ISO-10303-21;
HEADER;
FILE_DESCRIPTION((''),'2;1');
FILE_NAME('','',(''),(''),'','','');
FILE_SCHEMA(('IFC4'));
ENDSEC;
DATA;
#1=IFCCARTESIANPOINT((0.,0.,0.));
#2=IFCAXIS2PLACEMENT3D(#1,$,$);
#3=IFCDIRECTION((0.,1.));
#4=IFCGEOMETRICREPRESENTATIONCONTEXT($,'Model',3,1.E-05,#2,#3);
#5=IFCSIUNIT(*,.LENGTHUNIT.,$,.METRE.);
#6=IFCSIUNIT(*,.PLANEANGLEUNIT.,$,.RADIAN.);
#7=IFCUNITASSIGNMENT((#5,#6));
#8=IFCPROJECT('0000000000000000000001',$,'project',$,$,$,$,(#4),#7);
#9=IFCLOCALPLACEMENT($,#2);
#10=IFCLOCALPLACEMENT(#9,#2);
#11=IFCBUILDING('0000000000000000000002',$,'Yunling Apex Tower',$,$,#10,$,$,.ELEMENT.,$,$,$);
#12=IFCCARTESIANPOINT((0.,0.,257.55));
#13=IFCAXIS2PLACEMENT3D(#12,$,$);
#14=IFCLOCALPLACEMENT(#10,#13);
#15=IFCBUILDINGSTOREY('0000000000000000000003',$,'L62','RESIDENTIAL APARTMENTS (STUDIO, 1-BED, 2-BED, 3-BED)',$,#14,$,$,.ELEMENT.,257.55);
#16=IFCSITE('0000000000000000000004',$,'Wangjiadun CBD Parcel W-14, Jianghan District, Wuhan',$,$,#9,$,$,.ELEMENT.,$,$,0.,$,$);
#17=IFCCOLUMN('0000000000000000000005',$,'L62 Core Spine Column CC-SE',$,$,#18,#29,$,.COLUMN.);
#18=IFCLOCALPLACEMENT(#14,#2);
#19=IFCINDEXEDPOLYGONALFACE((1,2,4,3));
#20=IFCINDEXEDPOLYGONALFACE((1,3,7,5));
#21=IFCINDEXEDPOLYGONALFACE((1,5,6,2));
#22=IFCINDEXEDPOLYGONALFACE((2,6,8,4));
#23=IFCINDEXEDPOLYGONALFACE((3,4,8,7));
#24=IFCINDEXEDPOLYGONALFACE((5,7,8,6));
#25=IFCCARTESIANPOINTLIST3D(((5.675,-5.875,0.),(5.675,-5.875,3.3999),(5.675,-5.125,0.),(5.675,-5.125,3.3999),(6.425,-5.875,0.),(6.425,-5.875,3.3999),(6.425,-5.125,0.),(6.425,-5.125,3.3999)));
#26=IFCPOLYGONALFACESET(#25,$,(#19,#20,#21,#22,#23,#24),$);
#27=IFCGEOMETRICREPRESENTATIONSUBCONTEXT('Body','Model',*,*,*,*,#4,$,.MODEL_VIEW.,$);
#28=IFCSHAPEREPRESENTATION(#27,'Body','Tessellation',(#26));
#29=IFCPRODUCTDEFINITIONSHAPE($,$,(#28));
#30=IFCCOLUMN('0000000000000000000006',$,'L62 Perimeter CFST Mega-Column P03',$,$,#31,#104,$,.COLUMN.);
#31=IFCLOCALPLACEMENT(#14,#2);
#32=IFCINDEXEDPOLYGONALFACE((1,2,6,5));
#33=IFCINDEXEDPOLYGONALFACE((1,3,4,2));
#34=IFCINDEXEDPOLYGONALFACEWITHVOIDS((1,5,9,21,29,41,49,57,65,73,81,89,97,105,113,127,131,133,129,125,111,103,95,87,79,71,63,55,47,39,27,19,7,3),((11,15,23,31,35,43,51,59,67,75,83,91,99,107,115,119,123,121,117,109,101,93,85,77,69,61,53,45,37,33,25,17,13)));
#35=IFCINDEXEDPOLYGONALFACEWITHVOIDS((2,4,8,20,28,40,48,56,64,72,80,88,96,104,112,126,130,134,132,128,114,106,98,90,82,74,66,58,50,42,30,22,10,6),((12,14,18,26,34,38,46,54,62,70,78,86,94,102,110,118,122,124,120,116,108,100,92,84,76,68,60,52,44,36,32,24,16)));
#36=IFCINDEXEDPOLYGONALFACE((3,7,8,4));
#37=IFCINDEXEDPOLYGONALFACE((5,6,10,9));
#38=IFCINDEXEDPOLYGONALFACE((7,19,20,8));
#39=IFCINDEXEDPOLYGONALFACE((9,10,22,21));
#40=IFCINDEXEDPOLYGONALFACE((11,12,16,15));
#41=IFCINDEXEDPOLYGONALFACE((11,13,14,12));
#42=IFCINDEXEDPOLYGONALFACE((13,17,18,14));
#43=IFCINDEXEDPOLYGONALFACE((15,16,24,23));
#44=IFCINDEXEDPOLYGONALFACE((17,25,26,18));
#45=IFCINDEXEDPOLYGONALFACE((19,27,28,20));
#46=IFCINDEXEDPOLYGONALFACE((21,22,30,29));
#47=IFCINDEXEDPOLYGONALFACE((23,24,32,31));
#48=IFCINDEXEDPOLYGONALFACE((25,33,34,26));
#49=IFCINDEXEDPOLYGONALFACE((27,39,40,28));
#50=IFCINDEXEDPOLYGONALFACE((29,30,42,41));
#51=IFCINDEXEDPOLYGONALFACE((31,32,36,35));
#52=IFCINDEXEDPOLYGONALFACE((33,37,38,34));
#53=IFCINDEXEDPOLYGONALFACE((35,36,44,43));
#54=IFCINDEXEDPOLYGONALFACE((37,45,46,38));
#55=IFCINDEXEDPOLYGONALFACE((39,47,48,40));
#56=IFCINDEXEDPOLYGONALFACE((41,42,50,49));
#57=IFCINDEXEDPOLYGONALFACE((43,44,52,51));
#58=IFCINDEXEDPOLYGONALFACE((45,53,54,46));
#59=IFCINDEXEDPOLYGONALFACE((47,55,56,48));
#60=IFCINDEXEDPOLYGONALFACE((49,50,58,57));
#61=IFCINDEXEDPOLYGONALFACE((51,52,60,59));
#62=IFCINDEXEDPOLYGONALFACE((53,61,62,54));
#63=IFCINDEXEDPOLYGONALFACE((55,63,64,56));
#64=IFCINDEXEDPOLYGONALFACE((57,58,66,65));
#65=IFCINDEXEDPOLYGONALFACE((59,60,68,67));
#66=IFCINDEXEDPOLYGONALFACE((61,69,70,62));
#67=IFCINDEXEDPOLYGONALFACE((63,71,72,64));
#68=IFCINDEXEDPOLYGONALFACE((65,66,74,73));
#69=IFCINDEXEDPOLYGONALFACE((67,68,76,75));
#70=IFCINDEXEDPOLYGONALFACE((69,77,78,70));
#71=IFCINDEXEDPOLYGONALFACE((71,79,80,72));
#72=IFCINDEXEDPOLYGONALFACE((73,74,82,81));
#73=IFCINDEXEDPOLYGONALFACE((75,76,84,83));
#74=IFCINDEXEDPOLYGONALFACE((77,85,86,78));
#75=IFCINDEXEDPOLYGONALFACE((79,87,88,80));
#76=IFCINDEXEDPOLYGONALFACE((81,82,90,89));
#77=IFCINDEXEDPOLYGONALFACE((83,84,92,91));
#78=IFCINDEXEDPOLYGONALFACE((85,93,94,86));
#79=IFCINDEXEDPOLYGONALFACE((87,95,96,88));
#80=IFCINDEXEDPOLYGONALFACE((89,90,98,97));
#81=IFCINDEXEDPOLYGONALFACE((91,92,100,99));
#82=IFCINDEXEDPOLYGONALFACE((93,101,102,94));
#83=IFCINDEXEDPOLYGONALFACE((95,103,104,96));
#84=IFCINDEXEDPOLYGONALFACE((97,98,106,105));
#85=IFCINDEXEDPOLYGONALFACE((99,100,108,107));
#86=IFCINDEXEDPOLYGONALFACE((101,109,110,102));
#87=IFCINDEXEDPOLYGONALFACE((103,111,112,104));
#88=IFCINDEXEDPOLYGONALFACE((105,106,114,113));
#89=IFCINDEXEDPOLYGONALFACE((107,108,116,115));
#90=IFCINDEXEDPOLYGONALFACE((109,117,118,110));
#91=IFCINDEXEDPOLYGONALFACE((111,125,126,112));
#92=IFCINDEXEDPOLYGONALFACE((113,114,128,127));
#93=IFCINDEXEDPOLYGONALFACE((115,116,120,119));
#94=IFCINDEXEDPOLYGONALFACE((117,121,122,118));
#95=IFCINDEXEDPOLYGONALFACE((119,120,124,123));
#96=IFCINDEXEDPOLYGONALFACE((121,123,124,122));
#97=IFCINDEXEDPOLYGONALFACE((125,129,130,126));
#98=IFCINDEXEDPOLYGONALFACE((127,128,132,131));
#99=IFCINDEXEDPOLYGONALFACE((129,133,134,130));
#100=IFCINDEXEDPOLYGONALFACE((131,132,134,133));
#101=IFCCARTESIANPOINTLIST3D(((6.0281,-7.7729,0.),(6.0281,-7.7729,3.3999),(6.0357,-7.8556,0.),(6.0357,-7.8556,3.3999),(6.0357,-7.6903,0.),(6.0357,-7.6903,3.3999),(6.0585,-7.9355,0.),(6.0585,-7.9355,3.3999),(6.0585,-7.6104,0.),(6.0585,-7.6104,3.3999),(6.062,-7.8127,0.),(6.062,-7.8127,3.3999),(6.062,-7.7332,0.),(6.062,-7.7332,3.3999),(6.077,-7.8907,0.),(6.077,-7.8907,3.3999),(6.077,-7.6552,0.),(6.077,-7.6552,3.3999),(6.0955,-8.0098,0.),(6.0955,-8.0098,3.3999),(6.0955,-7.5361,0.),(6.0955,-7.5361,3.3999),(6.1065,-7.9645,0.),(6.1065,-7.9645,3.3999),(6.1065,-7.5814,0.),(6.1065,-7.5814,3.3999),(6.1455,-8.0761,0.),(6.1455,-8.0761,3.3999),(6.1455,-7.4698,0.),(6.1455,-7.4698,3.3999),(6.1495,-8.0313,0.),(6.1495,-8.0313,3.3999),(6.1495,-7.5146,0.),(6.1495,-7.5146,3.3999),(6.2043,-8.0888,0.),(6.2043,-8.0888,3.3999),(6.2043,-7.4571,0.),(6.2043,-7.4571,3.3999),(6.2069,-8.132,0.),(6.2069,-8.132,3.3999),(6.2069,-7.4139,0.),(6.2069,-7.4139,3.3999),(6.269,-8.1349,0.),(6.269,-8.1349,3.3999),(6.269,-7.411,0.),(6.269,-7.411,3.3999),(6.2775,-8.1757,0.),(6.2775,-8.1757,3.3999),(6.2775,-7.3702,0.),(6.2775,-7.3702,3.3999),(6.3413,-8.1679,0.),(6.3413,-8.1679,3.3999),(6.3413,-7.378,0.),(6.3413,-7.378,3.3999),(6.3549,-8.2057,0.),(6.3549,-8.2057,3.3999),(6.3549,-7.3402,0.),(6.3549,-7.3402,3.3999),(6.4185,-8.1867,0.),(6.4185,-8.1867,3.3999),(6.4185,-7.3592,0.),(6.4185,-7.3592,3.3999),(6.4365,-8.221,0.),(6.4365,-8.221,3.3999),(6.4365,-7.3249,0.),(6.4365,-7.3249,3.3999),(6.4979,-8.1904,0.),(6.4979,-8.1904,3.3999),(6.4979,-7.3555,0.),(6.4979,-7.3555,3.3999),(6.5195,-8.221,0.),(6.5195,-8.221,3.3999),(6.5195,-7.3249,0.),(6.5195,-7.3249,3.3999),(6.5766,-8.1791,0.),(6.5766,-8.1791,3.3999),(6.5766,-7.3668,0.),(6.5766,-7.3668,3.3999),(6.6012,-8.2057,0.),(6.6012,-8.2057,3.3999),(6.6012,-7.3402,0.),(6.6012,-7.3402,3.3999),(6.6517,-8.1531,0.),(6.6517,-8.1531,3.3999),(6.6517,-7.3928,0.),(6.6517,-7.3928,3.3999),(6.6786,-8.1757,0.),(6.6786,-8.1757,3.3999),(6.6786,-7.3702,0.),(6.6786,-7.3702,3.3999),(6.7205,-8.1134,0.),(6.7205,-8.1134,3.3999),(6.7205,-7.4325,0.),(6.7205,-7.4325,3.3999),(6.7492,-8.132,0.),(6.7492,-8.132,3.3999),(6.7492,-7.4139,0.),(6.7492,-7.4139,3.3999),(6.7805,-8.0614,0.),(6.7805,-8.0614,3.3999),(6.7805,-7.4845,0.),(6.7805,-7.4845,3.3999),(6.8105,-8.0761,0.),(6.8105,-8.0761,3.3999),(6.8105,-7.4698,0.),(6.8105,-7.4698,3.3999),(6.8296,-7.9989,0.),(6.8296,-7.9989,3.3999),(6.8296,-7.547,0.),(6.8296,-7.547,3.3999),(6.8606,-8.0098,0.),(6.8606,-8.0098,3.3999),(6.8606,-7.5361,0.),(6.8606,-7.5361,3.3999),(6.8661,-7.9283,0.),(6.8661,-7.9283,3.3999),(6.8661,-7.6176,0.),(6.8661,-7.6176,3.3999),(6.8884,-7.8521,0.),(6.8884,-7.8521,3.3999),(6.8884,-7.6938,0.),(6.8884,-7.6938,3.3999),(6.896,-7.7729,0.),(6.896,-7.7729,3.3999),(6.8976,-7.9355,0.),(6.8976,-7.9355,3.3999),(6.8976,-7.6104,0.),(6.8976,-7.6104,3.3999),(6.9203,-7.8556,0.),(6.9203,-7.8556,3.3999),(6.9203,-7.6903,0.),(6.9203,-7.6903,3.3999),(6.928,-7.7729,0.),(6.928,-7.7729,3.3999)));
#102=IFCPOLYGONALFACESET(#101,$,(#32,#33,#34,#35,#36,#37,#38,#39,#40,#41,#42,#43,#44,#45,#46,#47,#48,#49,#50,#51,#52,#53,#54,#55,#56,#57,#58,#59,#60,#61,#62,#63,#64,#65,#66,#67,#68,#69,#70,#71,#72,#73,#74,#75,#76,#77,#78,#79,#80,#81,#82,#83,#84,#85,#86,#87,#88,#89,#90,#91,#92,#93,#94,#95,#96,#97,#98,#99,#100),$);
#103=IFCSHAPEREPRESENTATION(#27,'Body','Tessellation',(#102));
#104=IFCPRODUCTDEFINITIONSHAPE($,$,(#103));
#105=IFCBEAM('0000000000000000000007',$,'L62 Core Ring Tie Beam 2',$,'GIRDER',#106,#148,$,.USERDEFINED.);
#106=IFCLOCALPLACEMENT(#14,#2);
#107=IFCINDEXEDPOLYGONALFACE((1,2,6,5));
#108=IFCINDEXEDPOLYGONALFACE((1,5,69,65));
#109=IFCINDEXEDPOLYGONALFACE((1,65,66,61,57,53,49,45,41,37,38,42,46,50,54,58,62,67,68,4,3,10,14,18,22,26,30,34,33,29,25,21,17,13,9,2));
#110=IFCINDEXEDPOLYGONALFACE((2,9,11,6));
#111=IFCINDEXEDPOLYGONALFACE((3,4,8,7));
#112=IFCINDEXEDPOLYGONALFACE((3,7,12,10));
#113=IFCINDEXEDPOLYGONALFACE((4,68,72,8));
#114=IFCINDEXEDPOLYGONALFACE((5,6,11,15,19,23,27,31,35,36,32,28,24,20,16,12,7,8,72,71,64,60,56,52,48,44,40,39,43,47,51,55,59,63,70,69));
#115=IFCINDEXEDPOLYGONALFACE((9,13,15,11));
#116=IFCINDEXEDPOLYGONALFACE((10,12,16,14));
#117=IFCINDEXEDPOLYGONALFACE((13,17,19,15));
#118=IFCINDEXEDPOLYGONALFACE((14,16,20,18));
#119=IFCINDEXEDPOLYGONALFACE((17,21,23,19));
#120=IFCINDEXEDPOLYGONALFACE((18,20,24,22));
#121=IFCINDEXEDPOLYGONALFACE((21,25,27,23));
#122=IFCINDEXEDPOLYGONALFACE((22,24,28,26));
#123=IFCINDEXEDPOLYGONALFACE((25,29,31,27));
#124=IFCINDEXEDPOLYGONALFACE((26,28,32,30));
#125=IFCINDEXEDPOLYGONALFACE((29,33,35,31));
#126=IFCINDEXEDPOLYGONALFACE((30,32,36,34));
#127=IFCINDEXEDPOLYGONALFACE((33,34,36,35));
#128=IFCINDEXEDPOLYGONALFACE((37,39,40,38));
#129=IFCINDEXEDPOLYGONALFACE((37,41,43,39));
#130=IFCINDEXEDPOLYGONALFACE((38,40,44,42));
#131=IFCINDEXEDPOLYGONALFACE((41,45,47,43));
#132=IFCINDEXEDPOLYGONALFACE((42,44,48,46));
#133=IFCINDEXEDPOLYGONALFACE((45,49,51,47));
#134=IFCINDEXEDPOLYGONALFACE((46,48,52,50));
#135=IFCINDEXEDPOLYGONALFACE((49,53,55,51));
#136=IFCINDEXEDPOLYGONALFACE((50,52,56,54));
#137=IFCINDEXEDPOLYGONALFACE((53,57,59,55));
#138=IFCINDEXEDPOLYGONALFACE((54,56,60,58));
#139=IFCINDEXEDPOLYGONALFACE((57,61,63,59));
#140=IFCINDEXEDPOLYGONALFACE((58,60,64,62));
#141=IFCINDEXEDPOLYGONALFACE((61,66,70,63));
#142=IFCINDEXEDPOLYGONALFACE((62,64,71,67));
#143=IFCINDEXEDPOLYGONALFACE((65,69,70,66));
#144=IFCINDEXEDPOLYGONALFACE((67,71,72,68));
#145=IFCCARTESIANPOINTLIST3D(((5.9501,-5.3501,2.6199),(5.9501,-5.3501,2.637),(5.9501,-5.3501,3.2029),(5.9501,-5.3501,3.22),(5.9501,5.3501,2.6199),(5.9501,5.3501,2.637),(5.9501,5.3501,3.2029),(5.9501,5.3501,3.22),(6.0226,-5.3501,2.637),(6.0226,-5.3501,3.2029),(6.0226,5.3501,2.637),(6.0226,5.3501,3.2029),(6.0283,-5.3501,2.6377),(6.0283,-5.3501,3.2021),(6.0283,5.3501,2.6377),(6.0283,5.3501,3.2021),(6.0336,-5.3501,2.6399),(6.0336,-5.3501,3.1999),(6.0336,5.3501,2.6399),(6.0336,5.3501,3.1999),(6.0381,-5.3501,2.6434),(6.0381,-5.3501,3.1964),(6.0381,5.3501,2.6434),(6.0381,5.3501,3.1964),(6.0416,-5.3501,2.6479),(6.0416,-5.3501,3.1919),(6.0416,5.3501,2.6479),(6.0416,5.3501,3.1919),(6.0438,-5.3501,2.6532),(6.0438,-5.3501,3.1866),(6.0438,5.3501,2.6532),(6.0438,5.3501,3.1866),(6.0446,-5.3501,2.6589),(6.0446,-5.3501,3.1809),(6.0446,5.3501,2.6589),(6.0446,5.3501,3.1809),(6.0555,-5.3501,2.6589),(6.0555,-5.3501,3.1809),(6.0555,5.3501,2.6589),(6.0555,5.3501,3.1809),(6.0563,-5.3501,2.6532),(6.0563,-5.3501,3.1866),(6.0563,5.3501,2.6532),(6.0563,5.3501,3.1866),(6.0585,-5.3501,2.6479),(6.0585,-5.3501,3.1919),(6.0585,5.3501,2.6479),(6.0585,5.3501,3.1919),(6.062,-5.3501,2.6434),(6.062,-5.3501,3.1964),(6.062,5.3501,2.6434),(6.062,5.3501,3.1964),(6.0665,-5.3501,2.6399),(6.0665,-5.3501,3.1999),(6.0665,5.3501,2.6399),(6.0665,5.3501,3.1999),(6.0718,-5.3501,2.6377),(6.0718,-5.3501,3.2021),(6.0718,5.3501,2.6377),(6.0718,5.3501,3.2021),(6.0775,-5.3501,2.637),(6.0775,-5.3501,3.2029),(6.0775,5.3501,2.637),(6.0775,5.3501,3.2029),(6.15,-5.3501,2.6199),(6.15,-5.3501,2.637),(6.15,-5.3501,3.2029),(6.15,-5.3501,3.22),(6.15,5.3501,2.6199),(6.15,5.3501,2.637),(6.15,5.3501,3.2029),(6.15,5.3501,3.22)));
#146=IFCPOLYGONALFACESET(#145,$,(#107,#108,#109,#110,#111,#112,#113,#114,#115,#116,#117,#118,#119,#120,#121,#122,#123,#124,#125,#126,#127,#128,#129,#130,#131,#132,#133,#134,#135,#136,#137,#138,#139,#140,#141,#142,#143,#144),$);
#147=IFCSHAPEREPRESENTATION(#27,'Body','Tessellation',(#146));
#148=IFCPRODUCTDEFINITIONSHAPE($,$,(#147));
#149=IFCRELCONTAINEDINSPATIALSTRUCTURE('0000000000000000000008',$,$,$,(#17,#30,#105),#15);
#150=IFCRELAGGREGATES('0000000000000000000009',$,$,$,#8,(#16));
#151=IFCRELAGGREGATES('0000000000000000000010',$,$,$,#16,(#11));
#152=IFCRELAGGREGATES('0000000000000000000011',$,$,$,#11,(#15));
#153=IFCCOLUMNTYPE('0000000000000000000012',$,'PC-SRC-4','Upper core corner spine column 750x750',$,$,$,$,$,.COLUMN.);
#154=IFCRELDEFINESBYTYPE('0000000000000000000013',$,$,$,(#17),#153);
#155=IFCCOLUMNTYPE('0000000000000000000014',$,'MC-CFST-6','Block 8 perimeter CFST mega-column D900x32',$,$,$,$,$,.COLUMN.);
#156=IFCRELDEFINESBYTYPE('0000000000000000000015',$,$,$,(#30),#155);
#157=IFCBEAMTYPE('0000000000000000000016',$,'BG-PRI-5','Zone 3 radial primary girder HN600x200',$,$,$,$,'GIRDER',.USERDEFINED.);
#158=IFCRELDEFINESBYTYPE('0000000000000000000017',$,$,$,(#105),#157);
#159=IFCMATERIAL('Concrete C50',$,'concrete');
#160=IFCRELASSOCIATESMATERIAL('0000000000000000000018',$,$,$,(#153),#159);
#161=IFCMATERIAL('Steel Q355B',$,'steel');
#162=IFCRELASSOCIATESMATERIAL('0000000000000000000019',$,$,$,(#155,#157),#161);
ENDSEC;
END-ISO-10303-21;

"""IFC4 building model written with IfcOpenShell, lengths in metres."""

from ifc_helpers import new_model, si_unit, direction, frame, origin, origin_2d, place, context, subcontext, project, spatial, rectangle, hollow_circle, i_section, extrude, source, transform, mapped, material, material_profile, profile_set, type_object, element, save


model = new_model("IFC4")

# Units and contexts
model_context = context("Model", 3, precision=1e-05, world=origin(), true_north=direction((0.0, 1.0)))
body_context = subcontext(model_context, "Body", "Model", "MODEL_VIEW")
ifc_project = project(units=[si_unit("LENGTHUNIT", "METRE"), si_unit("PLANEANGLEUNIT", "RADIAN")], contexts=[model_context])

# Site, building, storey
site_placement = place(None, origin())
site = spatial("IfcSite", under=ifc_project, at=site_placement, Name="Wangjiadun CBD Parcel W-14, Jianghan District, Wuhan", CompositionType="ELEMENT", RefElevation=0.0)
building_placement = place(site_placement, origin())
building = spatial("IfcBuilding", under=site, at=building_placement, Name="Yunling Apex Tower", CompositionType="ELEMENT")
storey_placement = place(building_placement, frame((0.0, 0.0, 257.55)))
storey = spatial("IfcBuildingStorey", under=building, at=storey_placement, Name="L62", Description="RESIDENTIAL APARTMENTS (STUDIO, 1-BED, 2-BED, 3-BED)", CompositionType="ELEMENT", Elevation=257.55)

# Columns
ifc_material_1 = material(Name="Concrete C50", Category="concrete")
ifc_material_profile_1 = material_profile(ifc_material_1, rectangle(XDim=0.75, YDim=0.75, at=origin_2d()))
ifc_profile_set_1 = profile_set([ifc_material_profile_1], Name="Concrete C50")
column_type_1 = type_object("IfcColumnType", Name="PC-SRC-4", Description="Upper core corner spine column 750x750", PredefinedType="COLUMN", material=ifc_profile_set_1)
shared_shape_1 = source(origin(), body_context, "Body", "SweptSolid", [
    extrude(rectangle(XDim=0.75, YDim=0.75, at=origin_2d()), origin(), (0.0, 0.0, 1.0), 3.3999),
])
column_1_placement = place(storey_placement, frame((6.05, -5.5, 0.0), z_axis=(0.0, 0.0, 1.0), x_axis=(1.0, 0.0, 0.0)))
element("IfcColumn", 1, at=column_1_placement, inside=storey, type_object=column_type_1, Name="L62 Core Spine Column CC-SE", PredefinedType="COLUMN", context=body_context, shape_type="MappedRepresentation", body=[
    mapped(shared_shape_1, transform((0.0, 0.0, 0.0), scale=1.0)),
])
ifc_material_2 = material(Name="Steel Q355B", Category="steel")
ifc_material_profile_2 = material_profile(ifc_material_2, hollow_circle(Radius=0.45, WallThickness=0.032, at=origin_2d()))
ifc_profile_set_2 = profile_set([ifc_material_profile_2], Name="Steel Q355B")
column_type_2 = type_object("IfcColumnType", Name="MC-CFST-6", Description="Block 8 perimeter CFST mega-column D900x32", PredefinedType="COLUMN", material=ifc_profile_set_2)
shared_shape_2 = source(origin(), body_context, "Body", "SweptSolid", [
    extrude(hollow_circle(Radius=0.45, WallThickness=0.032, at=origin_2d()), origin(), (0.0, 0.0, 1.0), 3.3999),
])
column_2_placement = place(storey_placement, frame((6.478, -7.7729, 0.0), z_axis=(0.0, 0.0, 1.0), x_axis=(1.0, 0.0, 0.0)))
element("IfcColumn", 2, at=column_2_placement, inside=storey, type_object=column_type_2, Name="L62 Perimeter CFST Mega-Column P03", PredefinedType="COLUMN", context=body_context, shape_type="MappedRepresentation", body=[
    mapped(shared_shape_2, transform((0.0, 0.0, 0.0), scale=1.0)),
])

# Beam
ifc_material_profile_3 = material_profile(ifc_material_2, i_section(OverallWidth=0.2, OverallDepth=0.6001, WebThickness=0.011, FlangeThickness=0.0171, FilletRadius=0.022, at=origin_2d()))
ifc_profile_set_3 = profile_set([ifc_material_profile_3], Name="Steel Q355B")
beam_type_1 = type_object("IfcBeamType", Name="BG-PRI-5", Description="Zone 3 radial primary girder HN600x200", ElementType="GIRDER", PredefinedType="USERDEFINED", material=ifc_profile_set_3)
shared_shape_3 = source(origin(), body_context, "Body", "SweptSolid", [
    extrude(i_section(OverallWidth=0.2, OverallDepth=0.6001, WebThickness=0.011, FlangeThickness=0.0171, FilletRadius=0.022, at=origin_2d()), origin(), (0.0, 0.0, 1.0), 10.7002),
])
beam_1_placement = place(storey_placement, frame((6.05, -5.3501, 2.9199), z_axis=(0.0, 1.0, 0.0), x_axis=(-1.0, 0.0, 0.0)))
element("IfcBeam", 3, at=beam_1_placement, inside=storey, type_object=beam_type_1, Name="L62 Core Ring Tie Beam 2", ObjectType="GIRDER", PredefinedType="USERDEFINED", context=body_context, shape_type="MappedRepresentation", body=[
    mapped(shared_shape_3, transform((0.0, 0.0, 0.0), scale=1.0)),
])

save(model, "model.ifc")
